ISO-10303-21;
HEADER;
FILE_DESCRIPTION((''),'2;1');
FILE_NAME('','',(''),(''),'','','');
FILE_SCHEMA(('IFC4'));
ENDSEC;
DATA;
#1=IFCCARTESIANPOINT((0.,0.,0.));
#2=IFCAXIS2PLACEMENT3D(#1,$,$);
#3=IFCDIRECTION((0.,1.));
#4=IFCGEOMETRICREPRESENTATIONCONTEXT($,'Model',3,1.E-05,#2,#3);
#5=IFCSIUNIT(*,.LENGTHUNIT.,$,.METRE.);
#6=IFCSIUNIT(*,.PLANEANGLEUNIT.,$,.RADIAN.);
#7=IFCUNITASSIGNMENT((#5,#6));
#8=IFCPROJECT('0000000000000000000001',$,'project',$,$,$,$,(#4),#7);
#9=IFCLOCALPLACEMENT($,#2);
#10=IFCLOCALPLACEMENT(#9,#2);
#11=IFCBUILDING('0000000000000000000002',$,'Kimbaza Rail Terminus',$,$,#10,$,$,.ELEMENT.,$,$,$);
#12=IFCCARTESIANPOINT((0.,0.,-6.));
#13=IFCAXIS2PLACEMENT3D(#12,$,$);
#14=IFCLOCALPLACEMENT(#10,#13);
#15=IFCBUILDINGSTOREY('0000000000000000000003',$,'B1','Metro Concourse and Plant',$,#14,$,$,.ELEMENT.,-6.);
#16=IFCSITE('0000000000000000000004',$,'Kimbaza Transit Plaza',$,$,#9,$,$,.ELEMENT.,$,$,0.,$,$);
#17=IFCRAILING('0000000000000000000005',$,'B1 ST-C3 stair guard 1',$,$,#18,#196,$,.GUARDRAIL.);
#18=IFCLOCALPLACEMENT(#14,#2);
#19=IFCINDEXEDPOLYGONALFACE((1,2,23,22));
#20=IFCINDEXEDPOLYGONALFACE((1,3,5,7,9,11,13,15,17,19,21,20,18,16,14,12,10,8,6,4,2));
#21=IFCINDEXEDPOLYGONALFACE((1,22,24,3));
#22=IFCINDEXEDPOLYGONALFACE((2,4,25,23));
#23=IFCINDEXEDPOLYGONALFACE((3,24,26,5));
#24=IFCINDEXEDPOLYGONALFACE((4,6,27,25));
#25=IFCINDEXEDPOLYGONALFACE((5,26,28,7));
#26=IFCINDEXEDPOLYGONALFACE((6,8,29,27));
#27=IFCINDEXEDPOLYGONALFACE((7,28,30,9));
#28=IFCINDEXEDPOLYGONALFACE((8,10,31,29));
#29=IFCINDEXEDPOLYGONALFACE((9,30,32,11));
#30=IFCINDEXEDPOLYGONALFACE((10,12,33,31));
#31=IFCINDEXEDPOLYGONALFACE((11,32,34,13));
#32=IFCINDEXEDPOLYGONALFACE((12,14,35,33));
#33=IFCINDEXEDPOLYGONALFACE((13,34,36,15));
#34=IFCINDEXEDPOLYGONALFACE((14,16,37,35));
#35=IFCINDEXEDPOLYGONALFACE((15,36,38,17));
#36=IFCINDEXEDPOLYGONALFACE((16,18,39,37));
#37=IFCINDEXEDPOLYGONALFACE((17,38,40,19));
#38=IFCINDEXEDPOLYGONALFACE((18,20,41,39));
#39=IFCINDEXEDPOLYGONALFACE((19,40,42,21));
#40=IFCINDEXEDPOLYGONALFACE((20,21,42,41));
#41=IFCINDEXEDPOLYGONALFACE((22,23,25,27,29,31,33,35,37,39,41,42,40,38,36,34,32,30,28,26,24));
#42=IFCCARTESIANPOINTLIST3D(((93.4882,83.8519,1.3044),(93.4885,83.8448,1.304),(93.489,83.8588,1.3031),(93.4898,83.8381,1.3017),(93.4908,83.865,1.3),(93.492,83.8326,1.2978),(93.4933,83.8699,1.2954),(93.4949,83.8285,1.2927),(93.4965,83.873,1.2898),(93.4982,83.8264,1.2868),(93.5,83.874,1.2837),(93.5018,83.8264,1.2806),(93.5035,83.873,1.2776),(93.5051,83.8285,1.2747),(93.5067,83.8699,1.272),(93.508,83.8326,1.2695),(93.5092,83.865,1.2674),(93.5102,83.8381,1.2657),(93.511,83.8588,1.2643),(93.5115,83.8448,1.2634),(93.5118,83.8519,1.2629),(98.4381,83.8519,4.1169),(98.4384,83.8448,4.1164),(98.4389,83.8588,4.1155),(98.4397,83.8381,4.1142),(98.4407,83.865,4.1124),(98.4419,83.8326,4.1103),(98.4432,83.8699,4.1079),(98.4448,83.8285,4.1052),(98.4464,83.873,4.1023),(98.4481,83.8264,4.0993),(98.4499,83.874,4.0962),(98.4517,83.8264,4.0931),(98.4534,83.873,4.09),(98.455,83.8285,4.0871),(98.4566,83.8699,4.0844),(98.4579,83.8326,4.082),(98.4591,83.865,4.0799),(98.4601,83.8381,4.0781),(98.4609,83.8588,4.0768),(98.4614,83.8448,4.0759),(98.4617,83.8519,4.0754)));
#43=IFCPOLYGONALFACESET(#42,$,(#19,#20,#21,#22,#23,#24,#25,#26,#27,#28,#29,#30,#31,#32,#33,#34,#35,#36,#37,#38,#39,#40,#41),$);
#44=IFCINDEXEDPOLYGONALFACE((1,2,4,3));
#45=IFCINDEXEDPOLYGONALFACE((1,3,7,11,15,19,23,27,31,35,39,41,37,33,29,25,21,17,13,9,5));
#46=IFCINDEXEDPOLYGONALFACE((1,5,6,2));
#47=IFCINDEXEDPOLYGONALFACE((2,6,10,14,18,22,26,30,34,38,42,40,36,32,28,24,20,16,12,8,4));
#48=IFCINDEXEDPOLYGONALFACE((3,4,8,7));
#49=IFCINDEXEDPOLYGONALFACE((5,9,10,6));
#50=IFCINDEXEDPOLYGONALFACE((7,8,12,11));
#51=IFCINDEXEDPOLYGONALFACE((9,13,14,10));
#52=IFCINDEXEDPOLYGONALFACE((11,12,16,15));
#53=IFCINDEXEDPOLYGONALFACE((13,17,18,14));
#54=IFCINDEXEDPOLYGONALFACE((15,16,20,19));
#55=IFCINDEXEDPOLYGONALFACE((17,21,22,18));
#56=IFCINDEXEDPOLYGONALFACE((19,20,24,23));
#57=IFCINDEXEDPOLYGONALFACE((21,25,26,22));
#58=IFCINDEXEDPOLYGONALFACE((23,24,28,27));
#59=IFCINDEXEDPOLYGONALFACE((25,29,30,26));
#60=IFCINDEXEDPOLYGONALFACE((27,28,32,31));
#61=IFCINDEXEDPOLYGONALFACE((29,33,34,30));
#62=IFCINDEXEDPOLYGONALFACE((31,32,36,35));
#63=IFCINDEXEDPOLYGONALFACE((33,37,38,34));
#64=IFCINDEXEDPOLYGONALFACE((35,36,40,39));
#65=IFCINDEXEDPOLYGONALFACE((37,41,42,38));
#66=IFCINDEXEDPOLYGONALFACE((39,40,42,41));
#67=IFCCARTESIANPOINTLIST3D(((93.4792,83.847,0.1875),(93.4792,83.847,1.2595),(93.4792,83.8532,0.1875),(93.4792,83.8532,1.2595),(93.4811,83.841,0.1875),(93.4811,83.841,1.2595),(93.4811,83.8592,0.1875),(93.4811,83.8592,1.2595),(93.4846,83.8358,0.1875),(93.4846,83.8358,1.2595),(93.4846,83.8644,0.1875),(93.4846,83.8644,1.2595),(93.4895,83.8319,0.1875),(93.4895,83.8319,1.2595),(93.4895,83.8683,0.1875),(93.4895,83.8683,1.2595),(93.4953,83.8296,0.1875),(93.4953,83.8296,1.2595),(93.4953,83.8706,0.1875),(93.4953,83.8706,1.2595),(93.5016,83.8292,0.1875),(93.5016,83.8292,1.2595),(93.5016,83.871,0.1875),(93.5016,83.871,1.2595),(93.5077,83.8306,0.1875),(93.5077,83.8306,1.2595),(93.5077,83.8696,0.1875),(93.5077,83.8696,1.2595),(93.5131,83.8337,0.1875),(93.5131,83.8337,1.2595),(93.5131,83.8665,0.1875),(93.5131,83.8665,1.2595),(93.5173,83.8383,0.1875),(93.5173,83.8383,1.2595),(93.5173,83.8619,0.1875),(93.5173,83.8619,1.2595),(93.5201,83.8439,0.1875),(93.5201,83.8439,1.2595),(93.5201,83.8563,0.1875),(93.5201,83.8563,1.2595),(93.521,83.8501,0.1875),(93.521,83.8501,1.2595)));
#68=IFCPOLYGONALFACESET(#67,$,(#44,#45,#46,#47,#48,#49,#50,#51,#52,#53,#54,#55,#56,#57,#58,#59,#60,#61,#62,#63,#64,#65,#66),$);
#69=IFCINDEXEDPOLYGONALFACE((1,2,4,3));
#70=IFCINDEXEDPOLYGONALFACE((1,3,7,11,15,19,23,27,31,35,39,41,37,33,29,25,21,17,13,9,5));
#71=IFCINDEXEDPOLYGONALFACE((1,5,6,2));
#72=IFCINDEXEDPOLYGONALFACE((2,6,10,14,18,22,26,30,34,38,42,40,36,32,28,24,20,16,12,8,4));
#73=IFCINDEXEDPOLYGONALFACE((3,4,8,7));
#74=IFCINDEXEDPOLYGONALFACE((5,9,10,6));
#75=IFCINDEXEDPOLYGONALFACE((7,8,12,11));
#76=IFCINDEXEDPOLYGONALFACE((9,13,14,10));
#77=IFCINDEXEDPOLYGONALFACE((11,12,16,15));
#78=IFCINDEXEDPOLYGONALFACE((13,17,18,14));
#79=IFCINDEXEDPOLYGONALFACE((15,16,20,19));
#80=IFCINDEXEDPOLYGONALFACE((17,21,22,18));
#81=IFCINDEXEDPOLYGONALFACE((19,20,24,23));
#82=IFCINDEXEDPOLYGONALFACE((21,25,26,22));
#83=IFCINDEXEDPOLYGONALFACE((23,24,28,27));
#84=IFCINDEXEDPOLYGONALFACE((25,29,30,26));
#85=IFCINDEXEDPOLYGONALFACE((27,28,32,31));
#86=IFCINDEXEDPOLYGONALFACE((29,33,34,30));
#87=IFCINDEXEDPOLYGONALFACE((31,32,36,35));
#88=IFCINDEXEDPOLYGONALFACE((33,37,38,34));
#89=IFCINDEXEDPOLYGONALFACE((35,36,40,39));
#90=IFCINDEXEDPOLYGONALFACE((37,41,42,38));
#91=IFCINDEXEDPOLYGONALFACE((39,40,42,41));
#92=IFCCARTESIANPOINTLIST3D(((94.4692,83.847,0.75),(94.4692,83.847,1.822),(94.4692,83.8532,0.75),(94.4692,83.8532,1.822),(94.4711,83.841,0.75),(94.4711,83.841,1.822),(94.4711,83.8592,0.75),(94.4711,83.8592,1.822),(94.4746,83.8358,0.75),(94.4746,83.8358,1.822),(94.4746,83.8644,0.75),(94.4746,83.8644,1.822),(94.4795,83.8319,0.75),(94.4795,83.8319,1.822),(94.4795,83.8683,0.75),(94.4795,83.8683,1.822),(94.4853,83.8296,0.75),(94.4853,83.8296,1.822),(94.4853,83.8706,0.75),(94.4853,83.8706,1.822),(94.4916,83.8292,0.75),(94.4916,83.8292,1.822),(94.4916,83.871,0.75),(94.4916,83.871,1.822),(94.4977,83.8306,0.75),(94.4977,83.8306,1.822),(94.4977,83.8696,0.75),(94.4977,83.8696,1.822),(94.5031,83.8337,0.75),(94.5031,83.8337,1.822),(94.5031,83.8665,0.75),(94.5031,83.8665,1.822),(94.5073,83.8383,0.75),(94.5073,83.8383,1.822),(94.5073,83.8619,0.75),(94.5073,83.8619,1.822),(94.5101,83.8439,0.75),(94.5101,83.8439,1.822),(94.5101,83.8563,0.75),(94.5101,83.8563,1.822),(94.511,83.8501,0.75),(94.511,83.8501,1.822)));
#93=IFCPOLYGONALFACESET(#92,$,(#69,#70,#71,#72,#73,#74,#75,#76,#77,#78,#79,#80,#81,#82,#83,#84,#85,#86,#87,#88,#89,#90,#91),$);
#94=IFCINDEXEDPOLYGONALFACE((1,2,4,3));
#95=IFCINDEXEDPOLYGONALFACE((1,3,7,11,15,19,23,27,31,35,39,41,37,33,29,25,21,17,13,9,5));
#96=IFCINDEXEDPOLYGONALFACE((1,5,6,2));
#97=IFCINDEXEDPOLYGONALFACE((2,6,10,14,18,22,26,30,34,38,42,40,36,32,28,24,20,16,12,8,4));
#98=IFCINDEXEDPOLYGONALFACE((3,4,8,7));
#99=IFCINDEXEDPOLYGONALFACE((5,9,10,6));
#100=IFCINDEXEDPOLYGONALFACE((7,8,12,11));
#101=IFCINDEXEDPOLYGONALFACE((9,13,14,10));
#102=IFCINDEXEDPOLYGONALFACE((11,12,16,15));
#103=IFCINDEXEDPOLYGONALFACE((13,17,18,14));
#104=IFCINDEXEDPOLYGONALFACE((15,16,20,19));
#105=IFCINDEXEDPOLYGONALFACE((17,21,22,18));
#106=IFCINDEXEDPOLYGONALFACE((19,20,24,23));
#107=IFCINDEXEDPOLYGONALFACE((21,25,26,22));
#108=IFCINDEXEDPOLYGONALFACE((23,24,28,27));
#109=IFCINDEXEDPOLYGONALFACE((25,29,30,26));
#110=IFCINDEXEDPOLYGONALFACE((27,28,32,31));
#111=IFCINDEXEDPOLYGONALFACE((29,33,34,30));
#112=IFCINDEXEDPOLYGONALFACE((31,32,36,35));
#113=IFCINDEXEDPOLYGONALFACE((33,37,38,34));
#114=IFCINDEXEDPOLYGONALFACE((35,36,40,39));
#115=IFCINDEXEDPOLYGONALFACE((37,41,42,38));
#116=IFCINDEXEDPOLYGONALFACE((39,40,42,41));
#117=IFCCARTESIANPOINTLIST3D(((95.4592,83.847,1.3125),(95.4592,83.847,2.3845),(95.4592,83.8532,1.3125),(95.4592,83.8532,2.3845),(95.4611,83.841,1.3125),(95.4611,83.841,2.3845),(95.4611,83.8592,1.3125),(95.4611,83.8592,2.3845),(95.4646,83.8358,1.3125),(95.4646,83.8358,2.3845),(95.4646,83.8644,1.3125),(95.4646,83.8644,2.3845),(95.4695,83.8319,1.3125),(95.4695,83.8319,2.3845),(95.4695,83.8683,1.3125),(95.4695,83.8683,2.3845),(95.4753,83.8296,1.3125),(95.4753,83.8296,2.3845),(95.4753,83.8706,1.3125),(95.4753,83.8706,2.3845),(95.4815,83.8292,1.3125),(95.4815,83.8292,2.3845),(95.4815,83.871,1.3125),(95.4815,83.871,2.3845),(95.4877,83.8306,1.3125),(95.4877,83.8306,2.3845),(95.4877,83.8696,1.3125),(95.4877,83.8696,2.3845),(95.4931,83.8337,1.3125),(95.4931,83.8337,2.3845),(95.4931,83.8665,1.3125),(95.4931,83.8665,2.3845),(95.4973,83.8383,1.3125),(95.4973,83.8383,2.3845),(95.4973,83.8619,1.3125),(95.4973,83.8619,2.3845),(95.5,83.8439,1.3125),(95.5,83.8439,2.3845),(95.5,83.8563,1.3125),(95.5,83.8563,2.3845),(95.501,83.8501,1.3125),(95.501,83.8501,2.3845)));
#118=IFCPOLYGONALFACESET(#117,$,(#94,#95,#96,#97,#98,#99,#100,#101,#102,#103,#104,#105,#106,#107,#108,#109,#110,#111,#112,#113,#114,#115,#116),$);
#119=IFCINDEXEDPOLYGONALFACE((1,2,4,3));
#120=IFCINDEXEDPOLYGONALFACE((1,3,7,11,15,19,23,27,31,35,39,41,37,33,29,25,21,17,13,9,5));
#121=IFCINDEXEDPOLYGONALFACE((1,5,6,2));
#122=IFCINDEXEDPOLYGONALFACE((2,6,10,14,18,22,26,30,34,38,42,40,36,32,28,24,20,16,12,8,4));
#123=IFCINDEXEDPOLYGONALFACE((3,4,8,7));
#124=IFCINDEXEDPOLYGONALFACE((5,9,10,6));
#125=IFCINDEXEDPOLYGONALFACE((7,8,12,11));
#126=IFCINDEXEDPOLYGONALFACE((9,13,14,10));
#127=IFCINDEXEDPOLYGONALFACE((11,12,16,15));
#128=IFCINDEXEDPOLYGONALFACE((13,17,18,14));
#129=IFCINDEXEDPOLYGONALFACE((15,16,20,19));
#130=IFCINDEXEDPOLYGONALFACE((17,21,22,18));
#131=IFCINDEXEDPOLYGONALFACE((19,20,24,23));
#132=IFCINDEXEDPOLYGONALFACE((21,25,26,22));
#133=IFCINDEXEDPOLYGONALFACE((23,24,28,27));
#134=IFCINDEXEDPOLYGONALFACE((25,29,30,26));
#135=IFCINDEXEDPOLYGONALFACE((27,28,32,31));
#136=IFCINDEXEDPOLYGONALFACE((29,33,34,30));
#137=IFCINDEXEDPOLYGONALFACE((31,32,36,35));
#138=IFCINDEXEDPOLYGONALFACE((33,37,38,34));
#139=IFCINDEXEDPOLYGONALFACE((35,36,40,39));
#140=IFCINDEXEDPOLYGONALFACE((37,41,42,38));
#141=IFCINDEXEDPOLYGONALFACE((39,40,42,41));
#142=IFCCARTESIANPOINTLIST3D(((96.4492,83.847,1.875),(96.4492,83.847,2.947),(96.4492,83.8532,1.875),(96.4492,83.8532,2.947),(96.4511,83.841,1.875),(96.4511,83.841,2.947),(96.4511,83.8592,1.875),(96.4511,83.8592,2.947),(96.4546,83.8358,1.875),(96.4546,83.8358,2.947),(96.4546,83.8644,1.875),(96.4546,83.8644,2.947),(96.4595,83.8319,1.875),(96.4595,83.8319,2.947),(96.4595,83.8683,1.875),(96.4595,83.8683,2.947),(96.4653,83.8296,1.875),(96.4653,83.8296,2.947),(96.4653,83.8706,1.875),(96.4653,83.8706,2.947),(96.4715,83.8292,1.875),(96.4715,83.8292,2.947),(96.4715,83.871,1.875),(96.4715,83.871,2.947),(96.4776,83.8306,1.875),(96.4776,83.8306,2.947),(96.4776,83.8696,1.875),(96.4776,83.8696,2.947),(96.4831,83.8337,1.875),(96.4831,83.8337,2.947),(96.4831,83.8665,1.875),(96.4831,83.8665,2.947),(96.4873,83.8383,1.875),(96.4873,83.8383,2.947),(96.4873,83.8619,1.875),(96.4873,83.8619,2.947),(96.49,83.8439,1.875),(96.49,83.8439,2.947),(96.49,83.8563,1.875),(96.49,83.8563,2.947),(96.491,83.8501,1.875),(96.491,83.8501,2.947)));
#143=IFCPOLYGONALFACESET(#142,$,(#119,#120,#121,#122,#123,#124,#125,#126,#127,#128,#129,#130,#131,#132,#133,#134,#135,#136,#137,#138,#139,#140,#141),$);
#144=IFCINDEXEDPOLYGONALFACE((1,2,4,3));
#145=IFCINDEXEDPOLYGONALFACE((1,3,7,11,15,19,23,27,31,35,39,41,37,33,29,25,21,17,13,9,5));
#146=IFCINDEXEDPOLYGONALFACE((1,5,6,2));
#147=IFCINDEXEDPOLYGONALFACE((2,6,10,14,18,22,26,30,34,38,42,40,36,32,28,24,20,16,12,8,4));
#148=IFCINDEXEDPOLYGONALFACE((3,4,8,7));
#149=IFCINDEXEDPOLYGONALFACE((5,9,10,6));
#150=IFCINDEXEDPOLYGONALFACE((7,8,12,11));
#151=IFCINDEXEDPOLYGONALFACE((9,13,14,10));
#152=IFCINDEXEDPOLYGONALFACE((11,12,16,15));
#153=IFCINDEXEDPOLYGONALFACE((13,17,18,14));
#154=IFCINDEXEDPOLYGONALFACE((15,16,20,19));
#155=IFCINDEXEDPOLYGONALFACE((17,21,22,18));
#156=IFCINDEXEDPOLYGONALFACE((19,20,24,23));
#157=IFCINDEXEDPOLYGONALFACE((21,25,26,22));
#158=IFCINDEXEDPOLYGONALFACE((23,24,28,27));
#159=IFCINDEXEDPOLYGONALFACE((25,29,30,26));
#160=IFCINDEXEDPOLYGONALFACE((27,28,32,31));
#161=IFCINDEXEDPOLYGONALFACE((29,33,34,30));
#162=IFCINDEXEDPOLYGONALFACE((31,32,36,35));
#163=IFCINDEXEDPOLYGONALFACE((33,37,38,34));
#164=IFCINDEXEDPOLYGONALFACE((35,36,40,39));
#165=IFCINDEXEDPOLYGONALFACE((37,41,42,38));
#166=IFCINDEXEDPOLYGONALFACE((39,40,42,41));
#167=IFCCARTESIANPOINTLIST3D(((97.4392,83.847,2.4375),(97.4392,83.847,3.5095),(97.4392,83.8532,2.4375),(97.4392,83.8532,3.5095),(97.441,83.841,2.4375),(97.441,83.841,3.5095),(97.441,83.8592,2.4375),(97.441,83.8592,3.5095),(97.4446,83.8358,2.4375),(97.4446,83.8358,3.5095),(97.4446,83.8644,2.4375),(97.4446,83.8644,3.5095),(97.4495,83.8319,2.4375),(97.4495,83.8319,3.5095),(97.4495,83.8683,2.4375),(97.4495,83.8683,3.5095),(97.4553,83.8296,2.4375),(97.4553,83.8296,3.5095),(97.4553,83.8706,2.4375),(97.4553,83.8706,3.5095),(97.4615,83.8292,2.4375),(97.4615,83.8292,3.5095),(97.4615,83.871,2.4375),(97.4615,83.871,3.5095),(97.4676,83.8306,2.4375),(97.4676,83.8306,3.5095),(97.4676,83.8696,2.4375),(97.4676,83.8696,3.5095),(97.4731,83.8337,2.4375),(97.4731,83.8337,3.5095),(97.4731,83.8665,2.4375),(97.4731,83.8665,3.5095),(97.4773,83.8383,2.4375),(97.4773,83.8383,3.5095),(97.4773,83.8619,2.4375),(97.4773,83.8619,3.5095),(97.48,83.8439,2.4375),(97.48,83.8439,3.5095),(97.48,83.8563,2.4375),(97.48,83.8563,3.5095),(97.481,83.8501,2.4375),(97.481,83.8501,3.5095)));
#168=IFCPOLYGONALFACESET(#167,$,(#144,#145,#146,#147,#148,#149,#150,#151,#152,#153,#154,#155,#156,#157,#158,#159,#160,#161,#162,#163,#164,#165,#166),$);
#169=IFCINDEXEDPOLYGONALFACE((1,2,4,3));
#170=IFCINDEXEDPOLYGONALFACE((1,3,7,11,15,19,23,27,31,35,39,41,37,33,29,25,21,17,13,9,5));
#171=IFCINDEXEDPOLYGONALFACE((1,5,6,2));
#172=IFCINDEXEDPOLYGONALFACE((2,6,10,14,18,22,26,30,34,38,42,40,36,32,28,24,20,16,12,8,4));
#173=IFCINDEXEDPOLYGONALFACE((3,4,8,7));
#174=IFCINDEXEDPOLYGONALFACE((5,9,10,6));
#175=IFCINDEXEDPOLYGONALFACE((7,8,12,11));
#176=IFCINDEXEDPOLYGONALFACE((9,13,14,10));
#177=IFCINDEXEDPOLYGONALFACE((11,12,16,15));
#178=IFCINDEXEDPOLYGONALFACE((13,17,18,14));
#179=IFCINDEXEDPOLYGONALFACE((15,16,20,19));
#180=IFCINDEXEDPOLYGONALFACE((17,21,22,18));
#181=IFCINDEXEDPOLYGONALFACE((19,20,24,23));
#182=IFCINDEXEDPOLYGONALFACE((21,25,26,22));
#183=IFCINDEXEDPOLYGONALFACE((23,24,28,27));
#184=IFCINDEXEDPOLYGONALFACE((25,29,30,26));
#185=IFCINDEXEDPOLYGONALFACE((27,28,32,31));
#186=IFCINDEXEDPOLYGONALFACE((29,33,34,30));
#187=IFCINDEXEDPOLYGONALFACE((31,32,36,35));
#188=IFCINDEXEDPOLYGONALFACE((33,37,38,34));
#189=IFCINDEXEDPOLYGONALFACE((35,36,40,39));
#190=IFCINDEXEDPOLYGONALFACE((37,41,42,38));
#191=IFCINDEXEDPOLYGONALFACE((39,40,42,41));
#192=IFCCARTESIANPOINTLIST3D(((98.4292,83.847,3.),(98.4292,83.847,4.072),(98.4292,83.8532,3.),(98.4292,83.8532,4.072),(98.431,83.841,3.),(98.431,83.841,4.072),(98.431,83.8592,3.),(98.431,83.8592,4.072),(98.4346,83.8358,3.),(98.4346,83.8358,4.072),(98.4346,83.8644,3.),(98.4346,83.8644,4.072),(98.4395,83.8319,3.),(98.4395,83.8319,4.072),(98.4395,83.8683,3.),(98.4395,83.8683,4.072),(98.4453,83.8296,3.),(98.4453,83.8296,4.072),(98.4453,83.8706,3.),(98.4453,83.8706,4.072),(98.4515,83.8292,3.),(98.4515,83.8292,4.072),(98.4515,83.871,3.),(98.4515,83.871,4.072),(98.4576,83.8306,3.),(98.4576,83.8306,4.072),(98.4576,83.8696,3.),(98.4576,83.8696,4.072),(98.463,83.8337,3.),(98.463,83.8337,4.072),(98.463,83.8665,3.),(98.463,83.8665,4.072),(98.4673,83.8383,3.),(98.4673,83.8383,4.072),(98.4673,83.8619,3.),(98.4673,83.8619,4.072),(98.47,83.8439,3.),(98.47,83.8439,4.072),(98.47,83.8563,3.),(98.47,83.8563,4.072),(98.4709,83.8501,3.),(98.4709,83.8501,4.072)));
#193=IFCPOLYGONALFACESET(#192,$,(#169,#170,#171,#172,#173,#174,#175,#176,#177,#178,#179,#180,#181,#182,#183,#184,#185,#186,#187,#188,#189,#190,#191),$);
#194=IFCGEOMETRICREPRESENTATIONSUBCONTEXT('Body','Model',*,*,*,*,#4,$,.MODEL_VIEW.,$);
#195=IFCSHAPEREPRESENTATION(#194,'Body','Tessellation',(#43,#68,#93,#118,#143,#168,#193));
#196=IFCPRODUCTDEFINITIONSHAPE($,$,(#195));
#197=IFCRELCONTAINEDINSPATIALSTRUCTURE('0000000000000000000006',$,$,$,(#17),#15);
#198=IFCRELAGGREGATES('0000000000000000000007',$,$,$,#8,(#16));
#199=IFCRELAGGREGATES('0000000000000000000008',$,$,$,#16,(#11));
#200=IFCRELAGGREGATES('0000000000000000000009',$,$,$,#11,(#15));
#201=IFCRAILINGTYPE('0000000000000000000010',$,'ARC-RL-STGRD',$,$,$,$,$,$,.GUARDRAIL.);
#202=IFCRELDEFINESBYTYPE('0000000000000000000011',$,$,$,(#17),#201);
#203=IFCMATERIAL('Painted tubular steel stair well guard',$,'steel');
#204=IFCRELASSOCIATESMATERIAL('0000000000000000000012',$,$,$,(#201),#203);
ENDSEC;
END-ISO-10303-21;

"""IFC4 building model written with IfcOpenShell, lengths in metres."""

from ifc_helpers import new_model, si_unit, direction, frame, origin, origin_2d, place, context, subcontext, project, spatial, circle, extrude, material, type_object, element, save


model = new_model("IFC4")

# Units and contexts
model_context = context("Model", 3, precision=1e-05, world=origin(), true_north=direction((0.0, 1.0)))
body_context = subcontext(model_context, "Body", "Model", "MODEL_VIEW")
ifc_project = project(units=[si_unit("LENGTHUNIT", "METRE"), si_unit("PLANEANGLEUNIT", "RADIAN")], contexts=[model_context])

# Site, building, storey
site_placement = place(None, origin())
site = spatial("IfcSite", under=ifc_project, at=site_placement, Name="Kimbaza Transit Plaza", CompositionType="ELEMENT", RefElevation=0.0)
building_placement = place(site_placement, origin())
building = spatial("IfcBuilding", under=site, at=building_placement, Name="Kimbaza Rail Terminus", CompositionType="ELEMENT")
storey_placement = place(building_placement, frame((0.0, 0.0, -6.0)))
storey = spatial("IfcBuildingStorey", under=building, at=storey_placement, Name="B1", Description="Metro Concourse and Plant", CompositionType="ELEMENT", Elevation=-6.0)

# Railing
ifc_material_1 = material(Name="Painted tubular steel stair well guard", Category="steel")
railing_type_1 = type_object("IfcRailingType", Name="ARC-RL-STGRD", PredefinedType="GUARDRAIL", material=ifc_material_1)
railing_1_placement = place(storey_placement, frame((93.5, 83.8501, 0.1875)))
element("IfcRailing", 1, at=railing_1_placement, inside=storey, type_object=railing_type_1, Name="B1 ST-C3 stair guard 1", PredefinedType="GUARDRAIL", context=body_context, shape_type="SweptSolid", body=[
    extrude(circle(Radius=0.0239, at=origin_2d()), frame((0.0, 0.0, 1.0962), z_axis=(0.869454, 0.0, 0.494013), x_axis=(0.0, 1.0, 0.0)), (0.0, 0.0, 1.0), 5.6931),
    extrude(circle(Radius=0.021, at=origin_2d()), origin(), (0.0, 0.0, 1.0), 1.072),
    extrude(circle(Radius=0.021, at=origin_2d()), frame((0.99, 0.0, 0.5625)), (0.0, 0.0, 1.0), 1.072),
    extrude(circle(Radius=0.021, at=origin_2d()), frame((1.98, 0.0, 1.125)), (0.0, 0.0, 1.0), 1.072),
    extrude(circle(Radius=0.021, at=origin_2d()), frame((2.97, 0.0, 1.6875)), (0.0, 0.0, 1.0), 1.072),
    extrude(circle(Radius=0.021, at=origin_2d()), frame((3.96, 0.0, 2.25)), (0.0, 0.0, 1.0), 1.072),
    extrude(circle(Radius=0.021, at=origin_2d()), frame((4.95, 0.0, 2.8125)), (0.0, 0.0, 1.0), 1.072),
])

save(model, "model.ifc")
